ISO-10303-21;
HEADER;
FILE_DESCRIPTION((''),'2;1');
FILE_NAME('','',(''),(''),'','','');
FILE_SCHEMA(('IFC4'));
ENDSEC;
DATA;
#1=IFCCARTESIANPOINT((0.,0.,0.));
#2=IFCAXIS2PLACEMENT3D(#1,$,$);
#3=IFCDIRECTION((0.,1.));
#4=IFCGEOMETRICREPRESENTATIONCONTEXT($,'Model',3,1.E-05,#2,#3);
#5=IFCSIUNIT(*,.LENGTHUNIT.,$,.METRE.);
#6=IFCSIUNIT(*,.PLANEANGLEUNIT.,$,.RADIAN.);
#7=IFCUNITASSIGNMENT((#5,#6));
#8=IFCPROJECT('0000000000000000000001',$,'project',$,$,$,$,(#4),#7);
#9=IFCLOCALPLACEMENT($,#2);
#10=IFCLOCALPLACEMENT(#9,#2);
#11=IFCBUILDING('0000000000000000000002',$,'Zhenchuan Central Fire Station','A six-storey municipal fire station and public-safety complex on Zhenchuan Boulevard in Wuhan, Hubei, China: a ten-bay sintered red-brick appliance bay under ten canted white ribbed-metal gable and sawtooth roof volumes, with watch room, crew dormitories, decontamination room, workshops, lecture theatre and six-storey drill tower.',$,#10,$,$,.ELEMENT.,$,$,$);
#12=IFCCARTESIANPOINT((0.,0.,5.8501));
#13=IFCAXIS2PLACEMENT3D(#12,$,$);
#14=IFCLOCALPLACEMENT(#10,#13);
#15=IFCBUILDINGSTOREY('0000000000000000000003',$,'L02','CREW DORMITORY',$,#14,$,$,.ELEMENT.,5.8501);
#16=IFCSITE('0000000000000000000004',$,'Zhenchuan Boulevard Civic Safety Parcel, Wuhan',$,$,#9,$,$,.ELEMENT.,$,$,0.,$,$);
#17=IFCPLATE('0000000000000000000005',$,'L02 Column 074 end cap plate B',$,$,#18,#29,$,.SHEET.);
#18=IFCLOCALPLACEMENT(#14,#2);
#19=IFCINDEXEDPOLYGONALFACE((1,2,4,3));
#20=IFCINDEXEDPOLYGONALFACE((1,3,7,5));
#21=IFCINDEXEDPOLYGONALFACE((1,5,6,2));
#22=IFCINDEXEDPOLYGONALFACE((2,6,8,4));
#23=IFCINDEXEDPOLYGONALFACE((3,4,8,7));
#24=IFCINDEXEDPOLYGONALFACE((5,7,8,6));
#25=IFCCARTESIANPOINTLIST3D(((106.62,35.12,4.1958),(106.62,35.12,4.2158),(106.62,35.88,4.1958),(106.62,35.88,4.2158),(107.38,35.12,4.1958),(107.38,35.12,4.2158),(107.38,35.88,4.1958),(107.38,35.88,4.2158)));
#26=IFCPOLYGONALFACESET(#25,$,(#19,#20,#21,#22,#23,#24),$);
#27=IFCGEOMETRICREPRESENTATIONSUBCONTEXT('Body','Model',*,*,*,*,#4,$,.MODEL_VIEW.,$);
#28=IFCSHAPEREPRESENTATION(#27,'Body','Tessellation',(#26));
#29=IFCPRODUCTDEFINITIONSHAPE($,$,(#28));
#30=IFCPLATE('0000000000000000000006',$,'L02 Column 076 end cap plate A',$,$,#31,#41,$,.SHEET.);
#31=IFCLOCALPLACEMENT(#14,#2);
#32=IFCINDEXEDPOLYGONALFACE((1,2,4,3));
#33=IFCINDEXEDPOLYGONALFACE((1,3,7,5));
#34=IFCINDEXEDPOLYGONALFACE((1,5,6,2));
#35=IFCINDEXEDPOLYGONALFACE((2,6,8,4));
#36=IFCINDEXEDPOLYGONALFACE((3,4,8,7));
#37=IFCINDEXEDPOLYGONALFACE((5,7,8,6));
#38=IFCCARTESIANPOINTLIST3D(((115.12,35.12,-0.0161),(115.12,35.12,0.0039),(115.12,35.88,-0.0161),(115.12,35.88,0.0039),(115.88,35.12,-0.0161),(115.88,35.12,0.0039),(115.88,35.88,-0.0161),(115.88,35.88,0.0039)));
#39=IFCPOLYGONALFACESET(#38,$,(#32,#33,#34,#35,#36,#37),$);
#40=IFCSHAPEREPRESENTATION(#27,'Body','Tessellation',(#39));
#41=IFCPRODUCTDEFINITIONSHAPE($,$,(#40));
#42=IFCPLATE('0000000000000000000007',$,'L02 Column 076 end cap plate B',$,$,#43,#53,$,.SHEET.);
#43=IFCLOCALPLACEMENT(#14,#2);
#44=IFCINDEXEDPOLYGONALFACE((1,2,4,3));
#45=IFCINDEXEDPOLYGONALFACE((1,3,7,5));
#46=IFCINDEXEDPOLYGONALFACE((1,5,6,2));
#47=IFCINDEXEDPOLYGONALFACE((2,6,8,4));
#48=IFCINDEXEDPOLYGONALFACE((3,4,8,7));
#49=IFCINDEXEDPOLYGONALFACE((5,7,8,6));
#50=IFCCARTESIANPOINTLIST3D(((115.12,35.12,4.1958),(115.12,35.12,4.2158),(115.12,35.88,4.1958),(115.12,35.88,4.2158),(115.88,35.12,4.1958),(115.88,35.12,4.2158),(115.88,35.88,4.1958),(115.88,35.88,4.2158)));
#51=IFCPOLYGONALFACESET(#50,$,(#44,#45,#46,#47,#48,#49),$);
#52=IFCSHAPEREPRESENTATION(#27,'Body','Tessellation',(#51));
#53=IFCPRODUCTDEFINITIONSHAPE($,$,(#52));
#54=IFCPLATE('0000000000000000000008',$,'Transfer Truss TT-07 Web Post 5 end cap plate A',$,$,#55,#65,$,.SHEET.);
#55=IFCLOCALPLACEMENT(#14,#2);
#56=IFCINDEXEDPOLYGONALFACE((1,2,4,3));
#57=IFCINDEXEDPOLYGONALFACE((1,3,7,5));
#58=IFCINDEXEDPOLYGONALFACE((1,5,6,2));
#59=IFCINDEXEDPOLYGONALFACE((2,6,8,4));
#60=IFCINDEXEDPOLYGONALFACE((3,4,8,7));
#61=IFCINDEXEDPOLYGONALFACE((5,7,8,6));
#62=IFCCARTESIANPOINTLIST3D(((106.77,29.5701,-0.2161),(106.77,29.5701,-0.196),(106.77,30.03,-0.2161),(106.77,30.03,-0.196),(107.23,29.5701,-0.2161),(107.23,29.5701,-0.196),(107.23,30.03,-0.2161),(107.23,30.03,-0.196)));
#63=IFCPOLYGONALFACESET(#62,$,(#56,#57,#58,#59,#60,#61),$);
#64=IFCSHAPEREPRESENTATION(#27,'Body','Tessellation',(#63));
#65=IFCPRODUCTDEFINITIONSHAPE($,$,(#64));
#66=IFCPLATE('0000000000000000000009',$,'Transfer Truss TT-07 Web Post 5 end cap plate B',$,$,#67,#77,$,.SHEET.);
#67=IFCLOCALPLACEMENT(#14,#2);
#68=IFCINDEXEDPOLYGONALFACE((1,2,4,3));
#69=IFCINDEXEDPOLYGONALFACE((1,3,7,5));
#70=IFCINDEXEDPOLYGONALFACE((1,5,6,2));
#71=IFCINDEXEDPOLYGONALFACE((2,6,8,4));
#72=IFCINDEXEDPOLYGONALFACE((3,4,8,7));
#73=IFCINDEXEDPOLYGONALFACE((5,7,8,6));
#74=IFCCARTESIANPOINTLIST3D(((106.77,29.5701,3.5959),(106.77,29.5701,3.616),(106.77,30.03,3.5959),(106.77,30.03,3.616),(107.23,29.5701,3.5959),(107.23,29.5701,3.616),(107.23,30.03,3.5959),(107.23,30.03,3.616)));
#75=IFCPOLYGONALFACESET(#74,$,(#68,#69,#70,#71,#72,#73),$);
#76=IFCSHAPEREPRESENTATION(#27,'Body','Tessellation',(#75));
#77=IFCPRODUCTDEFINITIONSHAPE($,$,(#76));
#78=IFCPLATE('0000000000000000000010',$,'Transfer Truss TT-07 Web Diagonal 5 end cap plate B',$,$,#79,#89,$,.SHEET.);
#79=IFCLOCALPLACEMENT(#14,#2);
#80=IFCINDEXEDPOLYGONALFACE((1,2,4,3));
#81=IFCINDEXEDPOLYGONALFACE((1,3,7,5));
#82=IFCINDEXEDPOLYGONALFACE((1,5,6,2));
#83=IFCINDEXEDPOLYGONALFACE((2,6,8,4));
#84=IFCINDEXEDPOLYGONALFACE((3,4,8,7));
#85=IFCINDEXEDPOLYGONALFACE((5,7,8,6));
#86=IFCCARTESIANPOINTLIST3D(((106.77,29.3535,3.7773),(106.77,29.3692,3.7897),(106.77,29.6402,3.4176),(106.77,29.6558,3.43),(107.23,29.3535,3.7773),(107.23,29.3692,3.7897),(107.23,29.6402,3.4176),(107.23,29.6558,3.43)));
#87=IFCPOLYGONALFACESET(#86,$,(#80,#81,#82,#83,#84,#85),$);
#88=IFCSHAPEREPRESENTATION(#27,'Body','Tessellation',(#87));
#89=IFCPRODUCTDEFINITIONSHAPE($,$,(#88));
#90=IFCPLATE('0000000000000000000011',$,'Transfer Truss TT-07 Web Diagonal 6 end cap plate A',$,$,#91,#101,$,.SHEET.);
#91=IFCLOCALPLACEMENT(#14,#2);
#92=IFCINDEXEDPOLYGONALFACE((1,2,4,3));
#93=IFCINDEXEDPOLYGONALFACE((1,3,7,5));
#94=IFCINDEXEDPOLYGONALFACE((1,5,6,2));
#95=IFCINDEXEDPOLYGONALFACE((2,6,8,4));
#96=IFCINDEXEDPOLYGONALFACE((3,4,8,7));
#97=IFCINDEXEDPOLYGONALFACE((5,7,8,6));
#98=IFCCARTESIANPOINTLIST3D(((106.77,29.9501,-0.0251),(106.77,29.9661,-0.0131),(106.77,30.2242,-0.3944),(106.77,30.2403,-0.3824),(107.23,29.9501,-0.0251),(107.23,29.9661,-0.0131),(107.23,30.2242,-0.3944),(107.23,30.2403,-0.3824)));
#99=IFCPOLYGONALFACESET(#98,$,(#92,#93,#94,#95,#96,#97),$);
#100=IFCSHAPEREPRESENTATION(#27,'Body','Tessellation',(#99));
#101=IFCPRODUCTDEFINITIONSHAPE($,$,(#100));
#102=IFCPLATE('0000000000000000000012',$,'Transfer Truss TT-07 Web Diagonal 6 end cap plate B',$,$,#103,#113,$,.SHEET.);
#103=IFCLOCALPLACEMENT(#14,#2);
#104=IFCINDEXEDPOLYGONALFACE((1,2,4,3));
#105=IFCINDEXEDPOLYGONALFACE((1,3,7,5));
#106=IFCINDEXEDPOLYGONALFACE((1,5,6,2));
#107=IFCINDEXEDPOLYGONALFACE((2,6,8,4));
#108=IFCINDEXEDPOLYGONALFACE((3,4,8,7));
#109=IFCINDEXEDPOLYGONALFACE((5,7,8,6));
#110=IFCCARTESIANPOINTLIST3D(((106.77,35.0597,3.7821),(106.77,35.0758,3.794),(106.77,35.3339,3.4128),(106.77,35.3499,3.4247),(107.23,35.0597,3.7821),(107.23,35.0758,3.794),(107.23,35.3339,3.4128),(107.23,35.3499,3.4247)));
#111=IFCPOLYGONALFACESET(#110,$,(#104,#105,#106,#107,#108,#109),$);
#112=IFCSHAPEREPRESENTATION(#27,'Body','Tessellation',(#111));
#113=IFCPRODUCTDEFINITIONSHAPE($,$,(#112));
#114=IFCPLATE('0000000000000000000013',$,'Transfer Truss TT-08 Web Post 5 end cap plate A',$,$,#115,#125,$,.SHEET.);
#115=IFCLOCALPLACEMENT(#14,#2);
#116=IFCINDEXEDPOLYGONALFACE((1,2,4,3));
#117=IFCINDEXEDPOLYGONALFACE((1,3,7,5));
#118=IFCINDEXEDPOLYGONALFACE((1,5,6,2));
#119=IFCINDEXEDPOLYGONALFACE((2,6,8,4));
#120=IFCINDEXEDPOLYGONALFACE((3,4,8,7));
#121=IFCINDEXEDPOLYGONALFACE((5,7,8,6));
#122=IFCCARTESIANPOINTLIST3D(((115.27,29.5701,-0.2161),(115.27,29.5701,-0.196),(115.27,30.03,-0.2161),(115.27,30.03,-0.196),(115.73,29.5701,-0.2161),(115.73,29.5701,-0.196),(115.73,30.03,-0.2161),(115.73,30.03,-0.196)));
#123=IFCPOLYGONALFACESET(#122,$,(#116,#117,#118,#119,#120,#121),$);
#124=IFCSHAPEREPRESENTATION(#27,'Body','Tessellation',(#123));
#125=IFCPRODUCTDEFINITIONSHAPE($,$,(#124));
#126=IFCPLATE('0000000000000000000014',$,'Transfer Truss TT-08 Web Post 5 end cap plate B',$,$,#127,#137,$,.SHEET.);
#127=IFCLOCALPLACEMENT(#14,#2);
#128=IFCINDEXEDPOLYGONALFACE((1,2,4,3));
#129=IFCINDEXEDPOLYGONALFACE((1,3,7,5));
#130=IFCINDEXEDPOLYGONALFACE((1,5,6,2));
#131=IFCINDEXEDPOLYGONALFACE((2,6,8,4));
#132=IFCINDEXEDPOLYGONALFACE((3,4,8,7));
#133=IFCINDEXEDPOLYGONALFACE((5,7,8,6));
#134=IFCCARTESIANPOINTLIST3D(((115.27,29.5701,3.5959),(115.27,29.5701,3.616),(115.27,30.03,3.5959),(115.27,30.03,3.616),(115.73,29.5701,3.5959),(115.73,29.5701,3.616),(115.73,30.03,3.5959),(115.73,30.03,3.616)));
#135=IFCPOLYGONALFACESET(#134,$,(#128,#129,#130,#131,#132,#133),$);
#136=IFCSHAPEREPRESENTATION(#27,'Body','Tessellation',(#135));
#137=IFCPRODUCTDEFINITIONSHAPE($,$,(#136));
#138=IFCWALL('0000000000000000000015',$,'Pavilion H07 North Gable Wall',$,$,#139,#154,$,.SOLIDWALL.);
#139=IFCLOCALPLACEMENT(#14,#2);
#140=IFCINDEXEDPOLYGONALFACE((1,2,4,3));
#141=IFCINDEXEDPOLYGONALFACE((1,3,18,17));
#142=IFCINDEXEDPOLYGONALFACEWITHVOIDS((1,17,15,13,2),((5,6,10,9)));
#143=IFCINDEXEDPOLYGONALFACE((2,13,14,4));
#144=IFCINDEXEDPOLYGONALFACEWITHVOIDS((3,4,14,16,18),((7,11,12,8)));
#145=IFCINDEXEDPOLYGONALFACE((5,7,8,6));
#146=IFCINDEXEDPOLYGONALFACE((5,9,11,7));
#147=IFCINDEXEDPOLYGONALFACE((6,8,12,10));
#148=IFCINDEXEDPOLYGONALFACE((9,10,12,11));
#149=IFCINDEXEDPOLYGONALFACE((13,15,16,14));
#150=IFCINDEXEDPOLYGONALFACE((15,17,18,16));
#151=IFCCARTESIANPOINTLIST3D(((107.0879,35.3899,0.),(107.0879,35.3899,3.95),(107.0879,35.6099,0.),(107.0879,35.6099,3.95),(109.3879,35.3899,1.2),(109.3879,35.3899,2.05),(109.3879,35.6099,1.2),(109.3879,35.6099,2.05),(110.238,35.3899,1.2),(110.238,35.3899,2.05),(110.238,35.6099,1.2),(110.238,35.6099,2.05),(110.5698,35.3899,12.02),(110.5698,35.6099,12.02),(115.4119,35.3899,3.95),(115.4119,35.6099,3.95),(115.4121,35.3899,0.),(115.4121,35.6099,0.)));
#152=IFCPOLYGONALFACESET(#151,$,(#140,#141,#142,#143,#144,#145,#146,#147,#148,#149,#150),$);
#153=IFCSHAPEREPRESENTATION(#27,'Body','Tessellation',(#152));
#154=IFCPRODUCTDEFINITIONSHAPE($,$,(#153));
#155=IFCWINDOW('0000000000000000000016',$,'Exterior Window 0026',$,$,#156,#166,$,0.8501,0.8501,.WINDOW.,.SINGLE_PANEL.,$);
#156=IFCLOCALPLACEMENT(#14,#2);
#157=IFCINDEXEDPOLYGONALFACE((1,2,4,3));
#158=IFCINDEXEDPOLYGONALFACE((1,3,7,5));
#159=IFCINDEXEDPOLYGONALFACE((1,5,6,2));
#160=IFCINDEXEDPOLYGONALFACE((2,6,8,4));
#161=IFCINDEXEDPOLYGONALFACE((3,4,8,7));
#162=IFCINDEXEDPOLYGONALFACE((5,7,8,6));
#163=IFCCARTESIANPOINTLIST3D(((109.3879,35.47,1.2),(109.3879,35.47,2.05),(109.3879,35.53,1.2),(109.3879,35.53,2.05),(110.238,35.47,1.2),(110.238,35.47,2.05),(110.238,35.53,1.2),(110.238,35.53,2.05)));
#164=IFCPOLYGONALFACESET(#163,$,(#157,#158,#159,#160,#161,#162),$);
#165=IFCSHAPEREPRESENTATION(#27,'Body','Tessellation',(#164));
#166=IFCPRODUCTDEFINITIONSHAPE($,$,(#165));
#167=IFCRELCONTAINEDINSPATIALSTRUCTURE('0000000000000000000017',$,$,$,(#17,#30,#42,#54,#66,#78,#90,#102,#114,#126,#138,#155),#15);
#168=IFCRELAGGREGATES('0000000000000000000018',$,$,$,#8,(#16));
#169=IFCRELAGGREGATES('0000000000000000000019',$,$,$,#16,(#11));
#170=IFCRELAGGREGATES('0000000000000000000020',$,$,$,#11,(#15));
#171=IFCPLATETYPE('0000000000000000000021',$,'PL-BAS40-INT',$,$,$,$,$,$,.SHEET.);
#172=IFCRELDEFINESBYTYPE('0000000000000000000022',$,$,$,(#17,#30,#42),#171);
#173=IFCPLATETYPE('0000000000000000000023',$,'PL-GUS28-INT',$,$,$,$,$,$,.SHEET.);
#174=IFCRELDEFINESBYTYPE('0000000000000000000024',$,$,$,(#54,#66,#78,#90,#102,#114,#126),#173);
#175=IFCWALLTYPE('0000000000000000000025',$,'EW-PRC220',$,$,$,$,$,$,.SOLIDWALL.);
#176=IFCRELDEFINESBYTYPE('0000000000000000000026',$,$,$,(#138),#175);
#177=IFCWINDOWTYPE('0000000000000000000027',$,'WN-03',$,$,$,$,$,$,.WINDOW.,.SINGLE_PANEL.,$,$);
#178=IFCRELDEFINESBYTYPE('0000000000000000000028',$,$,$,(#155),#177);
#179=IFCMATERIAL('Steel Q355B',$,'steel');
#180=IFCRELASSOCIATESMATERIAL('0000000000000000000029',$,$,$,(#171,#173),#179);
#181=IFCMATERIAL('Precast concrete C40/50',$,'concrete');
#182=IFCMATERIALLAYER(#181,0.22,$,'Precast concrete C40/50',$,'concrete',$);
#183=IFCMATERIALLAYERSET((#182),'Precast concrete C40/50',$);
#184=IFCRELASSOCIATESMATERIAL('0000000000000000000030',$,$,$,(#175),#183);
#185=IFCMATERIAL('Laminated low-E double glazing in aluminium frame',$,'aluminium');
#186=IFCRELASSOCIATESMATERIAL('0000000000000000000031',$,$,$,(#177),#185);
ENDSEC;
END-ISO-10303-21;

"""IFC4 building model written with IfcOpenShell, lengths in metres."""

from ifc_helpers import new_model, si_unit, direction, frame, frame_2d, origin, origin_2d, place, context, subcontext, project, spatial, polyline, rectangle, outline, extrude, material, layer, layer_set, material_profile, profile_set, type_object, element, fill, save


model = new_model("IFC4")

# Units and contexts
model_context = context("Model", 3, precision=1e-05, world=origin(), true_north=direction((0.0, 1.0)))
body_context = subcontext(model_context, "Body", "Model", "MODEL_VIEW")
ifc_project = project(units=[si_unit("LENGTHUNIT", "METRE"), si_unit("PLANEANGLEUNIT", "RADIAN")], contexts=[model_context])

# Site, building, storey
site_placement = place(None, origin())
site = spatial("IfcSite", under=ifc_project, at=site_placement, Name="Zhenchuan Boulevard Civic Safety Parcel, Wuhan", CompositionType="ELEMENT", RefElevation=0.0)
building_placement = place(site_placement, origin())
building = spatial("IfcBuilding", under=site, at=building_placement, Name="Zhenchuan Central Fire Station", Description="A six-storey municipal fire station and public-safety complex on Zhenchuan Boulevard in Wuhan, Hubei, China: a ten-bay sintered red-brick appliance bay under ten canted white ribbed-metal gable and sawtooth roof volumes, with watch room, crew dormitories, decontamination room, workshops, lecture theatre and six-storey drill tower.", CompositionType="ELEMENT")
storey_placement = place(building_placement, frame((0.0, 0.0, 5.8501)))
storey = spatial("IfcBuildingStorey", under=building, at=storey_placement, Name="L02", Description="CREW DORMITORY", CompositionType="ELEMENT", Elevation=5.8501)

# Shared definitions
ifc_material_1 = material(Name="Steel Q355B", Category="steel")

# Plates
ifc_material_profile_1 = material_profile(ifc_material_1, rectangle(XDim=0.76, YDim=0.76, at=origin_2d()), Name="PL 760x760x40")
ifc_profile_set_1 = profile_set([ifc_material_profile_1], Name="Steel Q355B")
plate_type_1 = type_object("IfcPlateType", Name="PL-BAS40-INT", PredefinedType="SHEET", material=ifc_profile_set_1)
for number, where, z_axis, x_axis, name in (
    (1, (107.0, 35.5, 4.1958), (0.0, 0.0, 1.0), (1.0, 0.0, 0.0), "L02 Column 074 end cap plate B"),
    (2, (115.5, 35.5, -0.0161), (0.0, 0.0, 1.0), (1.0, 0.0, 0.0), "L02 Column 076 end cap plate A"),
    (3, (115.5, 35.5, 4.1958), (0.0, 0.0, 1.0), (1.0, 0.0, 0.0), "L02 Column 076 end cap plate B"),
):
    element("IfcPlate", number, at=place(storey_placement, frame(where, z_axis=z_axis, x_axis=x_axis)), inside=storey, type_object=plate_type_1, Name=name, PredefinedType="SHEET", context=body_context, shape_type="SweptSolid", body=[
        extrude(rectangle(XDim=0.76, YDim=0.76, at=origin_2d()), origin(), (0.0, 0.0, 1.0), 0.02),
    ])
ifc_material_profile_2 = material_profile(ifc_material_1, rectangle(XDim=0.46, YDim=0.46, at=origin_2d()), Name="PL 460x460x28")
ifc_profile_set_2 = profile_set([ifc_material_profile_2], Name="Steel Q355B")
plate_type_2 = type_object("IfcPlateType", Name="PL-GUS28-INT", PredefinedType="SHEET", material=ifc_profile_set_2)
for number, where, z_axis, x_axis, name in (
    (4, (107.0, 29.8, -0.2161), (0.0, 0.0, 1.0), (1.0, 0.0, 0.0), "Transfer Truss TT-07 Web Post 5 end cap plate A"),
    (5, (107.0, 29.8, 3.5959), (0.0, 0.0, 1.0), (1.0, 0.0, 0.0), "Transfer Truss TT-07 Web Post 5 end cap plate B"),
    (6, (107.0, 29.4968, 3.5974), (0.0, 0.78206, 0.623204), (-1.0, 0.0, 0.0), "Transfer Truss TT-07 Web Diagonal 5 end cap plate B"),
    (7, (107.0, 30.0872, -0.2097), (0.0, 0.80291, 0.5961), (-1.0, 0.0, 0.0), "Transfer Truss TT-07 Web Diagonal 6 end cap plate A"),
    (8, (107.0, 35.1968, 3.5974), (0.0, 0.80291, 0.5961), (-1.0, 0.0, 0.0), "Transfer Truss TT-07 Web Diagonal 6 end cap plate B"),
    (9, (115.5, 29.8, -0.2161), (0.0, 0.0, 1.0), (1.0, 0.0, 0.0), "Transfer Truss TT-08 Web Post 5 end cap plate A"),
    (10, (115.5, 29.8, 3.5959), (0.0, 0.0, 1.0), (1.0, 0.0, 0.0), "Transfer Truss TT-08 Web Post 5 end cap plate B"),
):
    element("IfcPlate", number, at=place(storey_placement, frame(where, z_axis=z_axis, x_axis=x_axis)), inside=storey, type_object=plate_type_2, Name=name, PredefinedType="SHEET", context=body_context, shape_type="SweptSolid", body=[
        extrude(rectangle(XDim=0.46, YDim=0.46, at=origin_2d()), origin(), (0.0, 0.0, 1.0), 0.02),
    ])

# Wall, opening, window
ifc_material_2 = material(Name="Precast concrete C40/50", Category="concrete")
ifc_layer = layer(ifc_material_2, 0.22, Name="Precast concrete C40/50", Category="concrete")
ifc_layer_set = layer_set([ifc_layer], Name="Precast concrete C40/50")
wall_type = type_object("IfcWallType", Name="EW-PRC220", PredefinedType="SOLIDWALL", material=ifc_layer_set)
wall_placement = place(storey_placement, frame((107.0879, 35.5, 0.0), z_axis=(0.0, 0.0, 1.0), x_axis=(1.0, 0.0, 0.0)))
wall = element("IfcWall", 11, at=wall_placement, inside=storey, type_object=wall_type, Name="Pavilion H07 North Gable Wall", PredefinedType="SOLIDWALL", context=body_context, shape_type="SweptSolid", body=[
    extrude(outline(polyline([(0.0, 0.0), (8.3242, 0.0), (8.324, 3.95), (3.4819, 12.02), (0.0, 3.95), (0.0, 0.0)])), frame((0.0, 0.1099, 0.0), z_axis=(0.0, -1.0, 0.0), x_axis=(1.0, 0.0, 0.0)), (0.0, 0.0, 1.0), 0.22),
])
opening_placement = place(wall_placement, frame((2.3, 0.0, 1.2)))
opening = element("IfcOpeningElement", 12, at=opening_placement, cuts=wall, PredefinedType="OPENING", context=body_context, shape_type="SweptSolid", body=[
    extrude(rectangle(XDim=0.8501, YDim=0.8501, at=frame_2d((0.425, 0.425))), frame((0.0, 0.1199, 0.0), z_axis=(0.0, -1.0, 0.0), x_axis=(1.0, 0.0, 0.0)), (0.0, 0.0, 1.0), 0.24),
])
ifc_material_3 = material(Name="Laminated low-E double glazing in aluminium frame", Category="aluminium")
window_type = type_object("IfcWindowType", Name="WN-03", PartitioningType="SINGLE_PANEL", PredefinedType="WINDOW", material=ifc_material_3)
window_placement = place(opening_placement, origin())
window = element("IfcWindow", 13, at=window_placement, inside=storey, type_object=window_type, Name="Exterior Window 0026", OverallHeight=0.8501, OverallWidth=0.8501, PartitioningType="SINGLE_PANEL", PredefinedType="WINDOW", context=body_context, shape_type="SweptSolid", body=[
    extrude(rectangle(XDim=0.8501, YDim=0.8501, at=frame_2d((0.425, 0.425))), frame((0.0, 0.03, 0.0), z_axis=(0.0, -1.0, 0.0), x_axis=(1.0, 0.0, 0.0)), (0.0, 0.0, 1.0), 0.0601),
])
fill(opening, window)

save(model, "model.ifc")
